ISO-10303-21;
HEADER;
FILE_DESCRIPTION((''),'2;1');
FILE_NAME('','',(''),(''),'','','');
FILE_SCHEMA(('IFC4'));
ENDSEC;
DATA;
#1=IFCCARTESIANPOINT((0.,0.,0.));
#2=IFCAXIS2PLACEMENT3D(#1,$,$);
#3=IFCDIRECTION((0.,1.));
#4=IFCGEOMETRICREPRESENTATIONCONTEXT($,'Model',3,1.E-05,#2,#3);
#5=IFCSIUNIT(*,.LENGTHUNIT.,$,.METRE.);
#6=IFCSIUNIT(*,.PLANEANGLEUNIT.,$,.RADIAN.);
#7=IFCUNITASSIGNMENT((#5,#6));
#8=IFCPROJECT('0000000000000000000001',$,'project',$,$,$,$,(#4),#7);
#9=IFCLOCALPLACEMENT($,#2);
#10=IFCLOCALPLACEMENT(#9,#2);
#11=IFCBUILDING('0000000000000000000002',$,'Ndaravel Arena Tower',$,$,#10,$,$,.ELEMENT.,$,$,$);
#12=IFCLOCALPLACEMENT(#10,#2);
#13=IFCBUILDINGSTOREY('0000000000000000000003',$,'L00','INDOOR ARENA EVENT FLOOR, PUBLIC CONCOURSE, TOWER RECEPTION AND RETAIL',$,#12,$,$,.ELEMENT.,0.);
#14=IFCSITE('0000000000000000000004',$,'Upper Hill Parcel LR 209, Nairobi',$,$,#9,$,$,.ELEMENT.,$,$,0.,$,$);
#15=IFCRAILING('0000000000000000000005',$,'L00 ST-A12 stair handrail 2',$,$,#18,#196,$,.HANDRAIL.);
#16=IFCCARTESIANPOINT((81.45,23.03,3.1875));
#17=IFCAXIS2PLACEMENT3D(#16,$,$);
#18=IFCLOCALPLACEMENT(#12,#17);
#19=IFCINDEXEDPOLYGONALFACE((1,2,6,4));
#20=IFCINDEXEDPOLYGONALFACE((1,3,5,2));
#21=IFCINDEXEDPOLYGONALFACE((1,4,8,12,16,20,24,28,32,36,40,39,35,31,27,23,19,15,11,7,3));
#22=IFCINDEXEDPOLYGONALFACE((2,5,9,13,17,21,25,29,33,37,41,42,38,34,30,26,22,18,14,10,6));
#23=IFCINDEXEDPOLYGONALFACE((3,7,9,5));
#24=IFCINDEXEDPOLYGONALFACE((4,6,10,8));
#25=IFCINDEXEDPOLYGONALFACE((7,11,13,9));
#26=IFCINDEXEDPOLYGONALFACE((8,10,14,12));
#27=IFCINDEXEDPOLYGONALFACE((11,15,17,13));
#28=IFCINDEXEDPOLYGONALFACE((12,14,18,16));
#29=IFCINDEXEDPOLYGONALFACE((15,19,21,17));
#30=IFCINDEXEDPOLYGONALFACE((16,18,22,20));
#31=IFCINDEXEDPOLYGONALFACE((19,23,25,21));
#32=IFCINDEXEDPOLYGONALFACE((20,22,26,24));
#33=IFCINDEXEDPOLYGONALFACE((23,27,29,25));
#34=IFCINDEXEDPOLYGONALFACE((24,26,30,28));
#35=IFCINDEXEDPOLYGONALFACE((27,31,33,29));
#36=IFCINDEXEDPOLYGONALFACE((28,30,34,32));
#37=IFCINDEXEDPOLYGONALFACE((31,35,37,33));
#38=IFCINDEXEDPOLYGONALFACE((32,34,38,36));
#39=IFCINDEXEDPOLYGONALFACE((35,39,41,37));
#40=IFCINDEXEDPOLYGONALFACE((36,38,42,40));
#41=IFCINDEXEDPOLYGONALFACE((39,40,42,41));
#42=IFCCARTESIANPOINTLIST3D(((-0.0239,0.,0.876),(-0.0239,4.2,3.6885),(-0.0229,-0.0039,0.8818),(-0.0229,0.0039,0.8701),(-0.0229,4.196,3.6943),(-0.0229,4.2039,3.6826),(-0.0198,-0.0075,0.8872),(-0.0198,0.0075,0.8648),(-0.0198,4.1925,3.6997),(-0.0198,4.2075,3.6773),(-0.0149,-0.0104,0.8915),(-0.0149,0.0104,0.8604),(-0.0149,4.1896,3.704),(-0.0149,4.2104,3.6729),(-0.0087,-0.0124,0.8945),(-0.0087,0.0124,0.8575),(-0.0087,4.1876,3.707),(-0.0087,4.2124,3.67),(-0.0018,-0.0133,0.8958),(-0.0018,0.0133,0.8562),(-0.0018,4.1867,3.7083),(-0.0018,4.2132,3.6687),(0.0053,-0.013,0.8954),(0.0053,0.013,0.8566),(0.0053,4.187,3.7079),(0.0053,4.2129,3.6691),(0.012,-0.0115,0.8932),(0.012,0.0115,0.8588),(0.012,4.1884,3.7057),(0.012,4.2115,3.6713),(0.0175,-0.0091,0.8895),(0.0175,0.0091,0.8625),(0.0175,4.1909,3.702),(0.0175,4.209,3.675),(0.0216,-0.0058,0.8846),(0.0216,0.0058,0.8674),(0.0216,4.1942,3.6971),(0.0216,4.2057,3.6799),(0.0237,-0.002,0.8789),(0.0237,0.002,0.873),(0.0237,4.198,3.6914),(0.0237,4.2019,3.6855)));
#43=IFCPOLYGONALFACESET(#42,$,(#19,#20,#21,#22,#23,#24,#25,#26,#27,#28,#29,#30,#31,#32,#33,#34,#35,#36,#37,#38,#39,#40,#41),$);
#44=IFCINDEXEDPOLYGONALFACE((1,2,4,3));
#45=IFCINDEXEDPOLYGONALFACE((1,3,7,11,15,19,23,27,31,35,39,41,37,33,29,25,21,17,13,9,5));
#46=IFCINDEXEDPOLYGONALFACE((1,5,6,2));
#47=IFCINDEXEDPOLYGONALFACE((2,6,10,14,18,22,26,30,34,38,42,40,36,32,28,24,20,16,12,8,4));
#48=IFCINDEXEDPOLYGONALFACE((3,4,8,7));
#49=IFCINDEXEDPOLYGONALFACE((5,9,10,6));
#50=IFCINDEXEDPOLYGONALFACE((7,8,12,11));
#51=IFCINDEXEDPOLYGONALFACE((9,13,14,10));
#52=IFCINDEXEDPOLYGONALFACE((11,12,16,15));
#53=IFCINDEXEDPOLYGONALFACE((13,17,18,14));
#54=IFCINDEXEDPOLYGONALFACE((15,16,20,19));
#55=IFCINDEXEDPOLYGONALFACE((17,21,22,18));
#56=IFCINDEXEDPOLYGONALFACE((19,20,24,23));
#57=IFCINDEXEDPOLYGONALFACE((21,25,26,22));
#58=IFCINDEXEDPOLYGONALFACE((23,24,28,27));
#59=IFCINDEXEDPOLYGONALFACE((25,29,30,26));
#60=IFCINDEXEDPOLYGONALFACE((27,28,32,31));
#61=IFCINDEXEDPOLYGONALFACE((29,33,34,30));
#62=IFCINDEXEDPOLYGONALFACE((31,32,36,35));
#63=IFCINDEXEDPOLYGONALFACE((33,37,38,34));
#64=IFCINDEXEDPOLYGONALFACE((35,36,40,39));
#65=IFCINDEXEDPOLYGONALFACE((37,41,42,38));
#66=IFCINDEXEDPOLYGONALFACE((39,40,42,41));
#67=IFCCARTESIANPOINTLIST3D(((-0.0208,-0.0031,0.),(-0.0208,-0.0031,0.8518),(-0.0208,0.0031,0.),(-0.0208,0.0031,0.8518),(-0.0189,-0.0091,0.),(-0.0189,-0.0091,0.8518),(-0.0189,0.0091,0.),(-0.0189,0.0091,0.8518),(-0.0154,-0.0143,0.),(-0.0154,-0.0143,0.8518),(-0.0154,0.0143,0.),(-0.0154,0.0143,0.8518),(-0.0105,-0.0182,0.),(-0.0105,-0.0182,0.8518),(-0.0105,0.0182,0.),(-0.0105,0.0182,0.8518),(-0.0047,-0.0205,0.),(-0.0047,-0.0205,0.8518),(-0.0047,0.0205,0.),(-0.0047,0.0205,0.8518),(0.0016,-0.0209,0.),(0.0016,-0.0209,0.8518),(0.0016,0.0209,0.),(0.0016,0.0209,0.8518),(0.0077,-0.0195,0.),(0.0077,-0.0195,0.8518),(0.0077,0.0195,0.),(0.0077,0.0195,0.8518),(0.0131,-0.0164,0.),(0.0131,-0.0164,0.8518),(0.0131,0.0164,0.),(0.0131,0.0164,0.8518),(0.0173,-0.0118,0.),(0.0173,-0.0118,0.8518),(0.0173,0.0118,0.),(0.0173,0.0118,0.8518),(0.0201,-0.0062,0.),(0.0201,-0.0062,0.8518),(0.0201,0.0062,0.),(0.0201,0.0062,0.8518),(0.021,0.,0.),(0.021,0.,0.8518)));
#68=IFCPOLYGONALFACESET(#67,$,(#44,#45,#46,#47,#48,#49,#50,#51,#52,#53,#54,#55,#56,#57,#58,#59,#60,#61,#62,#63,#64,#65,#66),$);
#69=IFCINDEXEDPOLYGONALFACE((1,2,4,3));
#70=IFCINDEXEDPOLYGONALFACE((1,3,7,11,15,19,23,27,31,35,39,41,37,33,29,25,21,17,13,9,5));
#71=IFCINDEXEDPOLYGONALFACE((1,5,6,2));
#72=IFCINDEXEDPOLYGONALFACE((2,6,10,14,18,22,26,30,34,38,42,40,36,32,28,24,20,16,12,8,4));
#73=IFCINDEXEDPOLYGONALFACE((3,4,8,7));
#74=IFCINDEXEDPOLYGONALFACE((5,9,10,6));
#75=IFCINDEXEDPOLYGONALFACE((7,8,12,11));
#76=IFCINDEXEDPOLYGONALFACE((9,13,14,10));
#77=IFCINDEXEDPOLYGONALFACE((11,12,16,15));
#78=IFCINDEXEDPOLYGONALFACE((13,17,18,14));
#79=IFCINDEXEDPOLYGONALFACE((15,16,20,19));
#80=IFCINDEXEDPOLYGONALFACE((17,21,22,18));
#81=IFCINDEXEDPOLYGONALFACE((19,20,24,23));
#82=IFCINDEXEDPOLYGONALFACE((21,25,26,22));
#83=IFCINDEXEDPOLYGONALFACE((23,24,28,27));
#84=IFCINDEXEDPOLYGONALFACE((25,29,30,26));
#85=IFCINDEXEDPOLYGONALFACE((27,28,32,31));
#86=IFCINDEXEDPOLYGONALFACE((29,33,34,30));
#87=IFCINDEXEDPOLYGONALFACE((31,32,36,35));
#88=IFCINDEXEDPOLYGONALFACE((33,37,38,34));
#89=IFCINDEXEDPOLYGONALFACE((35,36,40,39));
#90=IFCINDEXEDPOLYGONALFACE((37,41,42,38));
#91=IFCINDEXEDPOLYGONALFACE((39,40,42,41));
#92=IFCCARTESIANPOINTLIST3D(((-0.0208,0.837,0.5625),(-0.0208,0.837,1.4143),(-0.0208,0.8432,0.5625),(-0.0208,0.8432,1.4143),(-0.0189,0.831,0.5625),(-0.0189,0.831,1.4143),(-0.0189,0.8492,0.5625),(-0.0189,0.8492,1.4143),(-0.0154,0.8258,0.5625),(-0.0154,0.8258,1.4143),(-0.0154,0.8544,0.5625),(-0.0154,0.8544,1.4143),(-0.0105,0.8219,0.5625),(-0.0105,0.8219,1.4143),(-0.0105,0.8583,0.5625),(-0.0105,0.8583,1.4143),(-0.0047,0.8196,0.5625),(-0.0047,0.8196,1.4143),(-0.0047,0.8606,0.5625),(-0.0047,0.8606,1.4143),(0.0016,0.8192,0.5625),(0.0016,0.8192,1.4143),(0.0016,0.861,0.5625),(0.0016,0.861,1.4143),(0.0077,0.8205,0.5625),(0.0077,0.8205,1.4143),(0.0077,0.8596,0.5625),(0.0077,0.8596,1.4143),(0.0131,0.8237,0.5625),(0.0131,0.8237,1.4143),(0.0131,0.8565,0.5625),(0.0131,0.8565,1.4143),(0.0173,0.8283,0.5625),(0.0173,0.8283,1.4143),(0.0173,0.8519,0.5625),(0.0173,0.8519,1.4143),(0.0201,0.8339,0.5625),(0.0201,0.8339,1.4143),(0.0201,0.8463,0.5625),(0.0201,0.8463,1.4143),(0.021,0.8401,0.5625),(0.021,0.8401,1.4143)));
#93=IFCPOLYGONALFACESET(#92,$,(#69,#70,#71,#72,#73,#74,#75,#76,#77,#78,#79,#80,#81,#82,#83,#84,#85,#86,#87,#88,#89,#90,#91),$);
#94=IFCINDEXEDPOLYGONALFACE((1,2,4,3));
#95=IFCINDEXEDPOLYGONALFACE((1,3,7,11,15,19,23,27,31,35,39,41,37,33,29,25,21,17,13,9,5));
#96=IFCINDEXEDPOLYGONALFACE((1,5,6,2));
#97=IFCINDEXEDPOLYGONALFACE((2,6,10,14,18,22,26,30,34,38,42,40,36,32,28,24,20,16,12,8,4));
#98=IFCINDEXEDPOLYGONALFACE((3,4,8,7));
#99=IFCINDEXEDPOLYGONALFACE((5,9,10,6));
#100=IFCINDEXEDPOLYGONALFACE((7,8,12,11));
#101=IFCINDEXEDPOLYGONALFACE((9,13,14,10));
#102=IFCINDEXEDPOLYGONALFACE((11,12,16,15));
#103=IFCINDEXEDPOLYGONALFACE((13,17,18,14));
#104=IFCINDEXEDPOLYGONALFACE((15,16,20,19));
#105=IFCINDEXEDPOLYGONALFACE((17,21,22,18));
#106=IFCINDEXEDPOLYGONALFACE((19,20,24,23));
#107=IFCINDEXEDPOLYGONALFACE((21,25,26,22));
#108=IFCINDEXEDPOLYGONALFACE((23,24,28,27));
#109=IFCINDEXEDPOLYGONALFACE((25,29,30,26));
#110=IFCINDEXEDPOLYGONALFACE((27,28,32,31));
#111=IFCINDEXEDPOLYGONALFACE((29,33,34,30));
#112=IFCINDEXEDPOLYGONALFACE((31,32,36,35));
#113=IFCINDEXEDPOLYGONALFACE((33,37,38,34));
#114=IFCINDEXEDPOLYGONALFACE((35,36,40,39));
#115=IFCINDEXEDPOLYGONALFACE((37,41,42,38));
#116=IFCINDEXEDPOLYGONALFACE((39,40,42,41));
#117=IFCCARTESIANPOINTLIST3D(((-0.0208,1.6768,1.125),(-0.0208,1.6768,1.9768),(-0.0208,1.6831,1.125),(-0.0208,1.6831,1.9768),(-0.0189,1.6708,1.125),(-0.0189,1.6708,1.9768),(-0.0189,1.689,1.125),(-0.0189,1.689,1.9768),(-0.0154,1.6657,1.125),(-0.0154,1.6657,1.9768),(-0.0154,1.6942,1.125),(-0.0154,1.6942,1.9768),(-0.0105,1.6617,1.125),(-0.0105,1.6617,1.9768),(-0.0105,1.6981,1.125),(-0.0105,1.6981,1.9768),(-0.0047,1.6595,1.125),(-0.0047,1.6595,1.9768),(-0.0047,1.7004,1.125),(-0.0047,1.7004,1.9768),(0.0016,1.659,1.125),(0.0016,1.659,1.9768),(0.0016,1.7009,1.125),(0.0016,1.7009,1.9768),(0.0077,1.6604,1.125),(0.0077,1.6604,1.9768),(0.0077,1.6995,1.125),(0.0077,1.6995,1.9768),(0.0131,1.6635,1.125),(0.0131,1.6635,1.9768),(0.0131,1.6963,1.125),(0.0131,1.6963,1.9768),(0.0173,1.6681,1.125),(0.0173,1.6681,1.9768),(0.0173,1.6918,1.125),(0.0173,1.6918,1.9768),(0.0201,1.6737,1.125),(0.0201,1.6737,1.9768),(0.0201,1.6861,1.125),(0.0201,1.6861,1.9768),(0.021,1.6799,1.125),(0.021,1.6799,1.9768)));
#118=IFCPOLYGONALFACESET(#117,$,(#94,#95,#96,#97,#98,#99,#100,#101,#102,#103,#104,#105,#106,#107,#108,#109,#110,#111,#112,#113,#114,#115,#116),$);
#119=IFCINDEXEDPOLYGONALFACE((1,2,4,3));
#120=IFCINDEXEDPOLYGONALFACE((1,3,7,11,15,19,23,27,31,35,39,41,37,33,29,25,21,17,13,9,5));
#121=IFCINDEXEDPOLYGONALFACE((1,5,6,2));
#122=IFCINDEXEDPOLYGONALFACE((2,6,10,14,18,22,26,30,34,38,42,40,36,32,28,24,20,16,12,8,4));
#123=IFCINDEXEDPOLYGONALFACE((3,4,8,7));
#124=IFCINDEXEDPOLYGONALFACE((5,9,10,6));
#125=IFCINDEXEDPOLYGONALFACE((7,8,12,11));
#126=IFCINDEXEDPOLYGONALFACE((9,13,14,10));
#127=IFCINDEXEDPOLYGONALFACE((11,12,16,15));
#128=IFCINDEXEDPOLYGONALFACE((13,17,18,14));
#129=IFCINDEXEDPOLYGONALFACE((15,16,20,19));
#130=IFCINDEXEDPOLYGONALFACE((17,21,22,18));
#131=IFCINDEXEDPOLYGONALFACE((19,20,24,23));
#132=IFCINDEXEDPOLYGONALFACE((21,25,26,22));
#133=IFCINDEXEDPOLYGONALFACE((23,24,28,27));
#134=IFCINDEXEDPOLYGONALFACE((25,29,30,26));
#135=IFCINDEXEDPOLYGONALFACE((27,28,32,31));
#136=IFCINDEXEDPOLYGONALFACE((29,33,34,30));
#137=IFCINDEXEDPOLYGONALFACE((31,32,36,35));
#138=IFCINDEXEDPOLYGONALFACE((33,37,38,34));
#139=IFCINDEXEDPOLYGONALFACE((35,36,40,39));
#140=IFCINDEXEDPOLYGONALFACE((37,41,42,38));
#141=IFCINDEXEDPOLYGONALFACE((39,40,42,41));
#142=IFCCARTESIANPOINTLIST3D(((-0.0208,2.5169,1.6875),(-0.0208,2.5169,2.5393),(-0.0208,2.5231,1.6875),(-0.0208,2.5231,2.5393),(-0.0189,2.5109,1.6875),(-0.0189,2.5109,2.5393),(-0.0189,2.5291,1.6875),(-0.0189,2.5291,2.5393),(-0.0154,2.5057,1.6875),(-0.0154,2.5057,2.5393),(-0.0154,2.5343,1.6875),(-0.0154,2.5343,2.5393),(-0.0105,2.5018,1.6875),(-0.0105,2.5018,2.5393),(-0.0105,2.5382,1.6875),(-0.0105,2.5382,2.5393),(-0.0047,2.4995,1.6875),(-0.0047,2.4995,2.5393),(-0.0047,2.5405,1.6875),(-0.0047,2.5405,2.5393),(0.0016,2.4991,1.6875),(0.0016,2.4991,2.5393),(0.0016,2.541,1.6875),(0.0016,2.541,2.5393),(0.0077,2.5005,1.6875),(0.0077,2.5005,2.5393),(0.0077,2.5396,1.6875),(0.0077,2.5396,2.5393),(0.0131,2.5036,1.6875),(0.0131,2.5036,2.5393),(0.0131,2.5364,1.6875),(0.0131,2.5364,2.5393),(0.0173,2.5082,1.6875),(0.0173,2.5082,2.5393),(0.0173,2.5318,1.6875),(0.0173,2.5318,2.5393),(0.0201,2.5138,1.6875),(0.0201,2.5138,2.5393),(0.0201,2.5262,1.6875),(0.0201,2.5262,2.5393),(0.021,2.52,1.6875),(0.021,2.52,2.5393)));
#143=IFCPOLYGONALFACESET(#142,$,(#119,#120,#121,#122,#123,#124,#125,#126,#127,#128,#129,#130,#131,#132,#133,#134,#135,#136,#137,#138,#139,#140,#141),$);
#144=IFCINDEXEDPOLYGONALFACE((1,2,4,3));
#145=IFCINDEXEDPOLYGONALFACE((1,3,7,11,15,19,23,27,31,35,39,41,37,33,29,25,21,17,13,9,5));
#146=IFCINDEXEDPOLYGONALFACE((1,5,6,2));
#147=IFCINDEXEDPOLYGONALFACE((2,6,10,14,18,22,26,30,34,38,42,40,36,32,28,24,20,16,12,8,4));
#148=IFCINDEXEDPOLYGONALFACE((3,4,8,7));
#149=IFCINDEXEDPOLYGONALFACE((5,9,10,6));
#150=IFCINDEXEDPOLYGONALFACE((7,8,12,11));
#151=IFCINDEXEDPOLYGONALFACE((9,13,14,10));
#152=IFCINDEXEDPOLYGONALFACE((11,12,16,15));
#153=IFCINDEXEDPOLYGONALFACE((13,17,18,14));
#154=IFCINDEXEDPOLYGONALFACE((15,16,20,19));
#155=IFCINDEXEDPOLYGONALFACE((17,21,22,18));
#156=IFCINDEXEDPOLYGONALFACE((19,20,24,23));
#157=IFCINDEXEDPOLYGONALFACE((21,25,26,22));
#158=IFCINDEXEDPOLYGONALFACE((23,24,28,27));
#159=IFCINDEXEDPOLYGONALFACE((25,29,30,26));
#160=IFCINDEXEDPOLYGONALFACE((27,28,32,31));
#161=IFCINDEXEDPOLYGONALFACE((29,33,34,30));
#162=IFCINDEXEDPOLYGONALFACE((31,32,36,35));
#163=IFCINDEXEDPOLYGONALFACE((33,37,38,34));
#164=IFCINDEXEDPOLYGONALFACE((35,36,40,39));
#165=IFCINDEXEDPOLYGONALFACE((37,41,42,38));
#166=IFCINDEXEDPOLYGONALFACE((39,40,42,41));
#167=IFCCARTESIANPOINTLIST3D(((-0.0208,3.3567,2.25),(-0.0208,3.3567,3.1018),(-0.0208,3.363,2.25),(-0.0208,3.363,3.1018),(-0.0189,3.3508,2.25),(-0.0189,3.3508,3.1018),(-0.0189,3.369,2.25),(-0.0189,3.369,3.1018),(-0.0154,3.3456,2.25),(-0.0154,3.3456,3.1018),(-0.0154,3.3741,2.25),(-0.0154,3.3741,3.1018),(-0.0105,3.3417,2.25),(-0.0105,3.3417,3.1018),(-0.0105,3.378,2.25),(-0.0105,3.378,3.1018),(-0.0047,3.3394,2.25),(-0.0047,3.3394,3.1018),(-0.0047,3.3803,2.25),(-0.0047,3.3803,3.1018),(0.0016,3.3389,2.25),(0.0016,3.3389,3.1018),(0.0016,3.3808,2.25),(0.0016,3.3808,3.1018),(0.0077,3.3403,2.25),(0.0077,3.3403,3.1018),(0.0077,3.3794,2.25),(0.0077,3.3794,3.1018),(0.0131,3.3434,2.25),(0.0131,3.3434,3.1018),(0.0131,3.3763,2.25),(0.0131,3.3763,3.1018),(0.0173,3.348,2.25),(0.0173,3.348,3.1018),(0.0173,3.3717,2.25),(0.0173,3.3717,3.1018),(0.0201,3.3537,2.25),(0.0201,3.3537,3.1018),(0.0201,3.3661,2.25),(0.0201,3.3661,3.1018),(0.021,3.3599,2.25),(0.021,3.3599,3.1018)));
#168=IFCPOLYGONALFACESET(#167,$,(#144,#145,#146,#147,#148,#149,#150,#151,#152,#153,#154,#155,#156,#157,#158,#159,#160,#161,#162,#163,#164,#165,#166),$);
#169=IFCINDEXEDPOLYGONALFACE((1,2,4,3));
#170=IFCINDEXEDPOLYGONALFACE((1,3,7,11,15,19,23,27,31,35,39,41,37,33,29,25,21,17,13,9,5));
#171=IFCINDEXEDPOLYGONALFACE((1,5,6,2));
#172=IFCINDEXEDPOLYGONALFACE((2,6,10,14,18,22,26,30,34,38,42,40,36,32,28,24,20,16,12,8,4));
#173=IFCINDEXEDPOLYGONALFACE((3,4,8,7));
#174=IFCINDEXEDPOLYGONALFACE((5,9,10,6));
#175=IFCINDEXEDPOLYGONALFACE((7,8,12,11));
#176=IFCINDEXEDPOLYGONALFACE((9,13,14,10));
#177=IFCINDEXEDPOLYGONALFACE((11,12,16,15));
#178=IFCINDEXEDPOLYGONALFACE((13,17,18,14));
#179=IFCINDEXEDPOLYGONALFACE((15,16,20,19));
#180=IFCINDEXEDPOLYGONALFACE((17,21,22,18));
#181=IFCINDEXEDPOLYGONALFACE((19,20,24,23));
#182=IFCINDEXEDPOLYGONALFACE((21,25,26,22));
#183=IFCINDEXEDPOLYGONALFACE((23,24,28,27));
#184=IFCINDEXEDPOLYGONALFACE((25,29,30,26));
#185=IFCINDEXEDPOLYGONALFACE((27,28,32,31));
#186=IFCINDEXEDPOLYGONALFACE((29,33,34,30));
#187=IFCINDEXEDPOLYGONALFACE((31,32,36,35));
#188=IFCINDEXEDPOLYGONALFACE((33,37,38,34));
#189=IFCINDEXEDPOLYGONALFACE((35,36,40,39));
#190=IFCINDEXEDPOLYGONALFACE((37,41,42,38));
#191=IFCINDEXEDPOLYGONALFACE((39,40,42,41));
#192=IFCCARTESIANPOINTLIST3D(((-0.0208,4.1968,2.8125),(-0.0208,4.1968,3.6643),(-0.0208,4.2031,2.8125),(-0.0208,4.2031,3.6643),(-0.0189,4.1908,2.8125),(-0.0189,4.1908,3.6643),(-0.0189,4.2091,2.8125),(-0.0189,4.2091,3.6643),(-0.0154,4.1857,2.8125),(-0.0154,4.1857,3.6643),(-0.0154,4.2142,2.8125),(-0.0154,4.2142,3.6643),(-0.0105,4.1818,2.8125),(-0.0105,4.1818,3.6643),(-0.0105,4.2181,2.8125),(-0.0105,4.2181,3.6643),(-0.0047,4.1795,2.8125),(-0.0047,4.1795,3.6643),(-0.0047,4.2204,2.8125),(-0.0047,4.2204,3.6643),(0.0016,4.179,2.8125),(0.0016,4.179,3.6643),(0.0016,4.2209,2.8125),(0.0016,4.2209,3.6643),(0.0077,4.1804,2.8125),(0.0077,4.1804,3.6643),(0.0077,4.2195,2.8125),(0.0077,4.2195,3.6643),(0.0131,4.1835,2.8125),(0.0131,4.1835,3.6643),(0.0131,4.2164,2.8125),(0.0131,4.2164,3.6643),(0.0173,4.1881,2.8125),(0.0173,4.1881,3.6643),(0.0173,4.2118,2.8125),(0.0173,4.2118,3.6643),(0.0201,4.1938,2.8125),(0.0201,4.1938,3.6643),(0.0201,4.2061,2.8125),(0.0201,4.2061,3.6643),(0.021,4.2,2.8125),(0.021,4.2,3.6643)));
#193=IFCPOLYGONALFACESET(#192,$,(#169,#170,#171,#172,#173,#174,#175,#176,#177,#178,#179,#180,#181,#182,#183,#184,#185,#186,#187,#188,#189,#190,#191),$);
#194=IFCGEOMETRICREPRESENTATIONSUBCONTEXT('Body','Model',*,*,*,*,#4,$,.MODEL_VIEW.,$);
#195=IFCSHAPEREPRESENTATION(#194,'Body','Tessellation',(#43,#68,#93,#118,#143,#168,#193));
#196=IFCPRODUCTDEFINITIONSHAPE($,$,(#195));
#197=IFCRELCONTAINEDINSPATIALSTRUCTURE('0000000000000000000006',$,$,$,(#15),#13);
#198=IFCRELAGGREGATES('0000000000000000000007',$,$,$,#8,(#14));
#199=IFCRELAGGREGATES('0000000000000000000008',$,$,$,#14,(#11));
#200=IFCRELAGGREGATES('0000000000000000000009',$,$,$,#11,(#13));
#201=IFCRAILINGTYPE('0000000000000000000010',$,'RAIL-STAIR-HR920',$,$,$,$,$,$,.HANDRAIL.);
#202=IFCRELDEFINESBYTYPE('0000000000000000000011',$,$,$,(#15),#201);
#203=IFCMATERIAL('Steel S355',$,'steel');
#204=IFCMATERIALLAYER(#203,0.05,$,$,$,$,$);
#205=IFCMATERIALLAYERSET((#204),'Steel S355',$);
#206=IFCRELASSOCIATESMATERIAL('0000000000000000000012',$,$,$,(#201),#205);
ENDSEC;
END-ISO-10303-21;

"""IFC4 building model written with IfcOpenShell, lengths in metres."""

from ifc_helpers import new_model, si_unit, direction, frame, origin, origin_2d, place, context, subcontext, project, spatial, circle, extrude, material, layer, layer_set, type_object, element, save


model = new_model("IFC4")

# Units and contexts
model_context = context("Model", 3, precision=1e-05, world=origin(), true_north=direction((0.0, 1.0)))
body_context = subcontext(model_context, "Body", "Model", "MODEL_VIEW")
ifc_project = project(units=[si_unit("LENGTHUNIT", "METRE"), si_unit("PLANEANGLEUNIT", "RADIAN")], contexts=[model_context])

# Site, building, storey
site_placement = place(None, origin())
site = spatial("IfcSite", under=ifc_project, at=site_placement, Name="Upper Hill Parcel LR 209, Nairobi", CompositionType="ELEMENT", RefElevation=0.0)
building_placement = place(site_placement, origin())
building = spatial("IfcBuilding", under=site, at=building_placement, Name="Ndaravel Arena Tower", CompositionType="ELEMENT")
storey_placement = place(building_placement, origin())
storey = spatial("IfcBuildingStorey", under=building, at=storey_placement, Name="L00", Description="INDOOR ARENA EVENT FLOOR, PUBLIC CONCOURSE, TOWER RECEPTION AND RETAIL", CompositionType="ELEMENT", Elevation=0.0)

# Railing
ifc_material_1 = material(Name="Steel S355", Category="steel")
ifc_layer_1 = layer(ifc_material_1, 0.05)
ifc_layer_set_1 = layer_set([ifc_layer_1], Name="Steel S355")
railing_type_1 = type_object("IfcRailingType", Name="RAIL-STAIR-HR920", PredefinedType="HANDRAIL", material=ifc_layer_set_1)
railing_1_placement = place(storey_placement, frame((81.45, 23.03, 3.1875)))
element("IfcRailing", 1, at=railing_1_placement, inside=storey, type_object=railing_type_1, Name="L00 ST-A12 stair handrail 2", PredefinedType="HANDRAIL", context=body_context, shape_type="SweptSolid", body=[
    extrude(circle(Radius=0.0239, at=origin_2d()), frame((0.0, 0.0, 0.876), z_axis=(0.0, 0.830904, 0.556416), x_axis=(-1.0, 0.0, 0.0)), (0.0, 0.0, 1.0), 5.0547),
    extrude(circle(Radius=0.021, at=origin_2d()), origin(), (0.0, 0.0, 1.0), 0.8518),
    extrude(circle(Radius=0.021, at=origin_2d()), frame((0.0, 0.8401, 0.5625)), (0.0, 0.0, 1.0), 0.8518),
    extrude(circle(Radius=0.021, at=origin_2d()), frame((0.0, 1.6799, 1.125)), (0.0, 0.0, 1.0), 0.8518),
    extrude(circle(Radius=0.021, at=origin_2d()), frame((0.0, 2.52, 1.6875)), (0.0, 0.0, 1.0), 0.8518),
    extrude(circle(Radius=0.021, at=origin_2d()), frame((0.0, 3.3599, 2.25)), (0.0, 0.0, 1.0), 0.8518),
    extrude(circle(Radius=0.021, at=origin_2d()), frame((0.0, 4.2, 2.8125)), (0.0, 0.0, 1.0), 0.8518),
])

save(model, "model.ifc")
